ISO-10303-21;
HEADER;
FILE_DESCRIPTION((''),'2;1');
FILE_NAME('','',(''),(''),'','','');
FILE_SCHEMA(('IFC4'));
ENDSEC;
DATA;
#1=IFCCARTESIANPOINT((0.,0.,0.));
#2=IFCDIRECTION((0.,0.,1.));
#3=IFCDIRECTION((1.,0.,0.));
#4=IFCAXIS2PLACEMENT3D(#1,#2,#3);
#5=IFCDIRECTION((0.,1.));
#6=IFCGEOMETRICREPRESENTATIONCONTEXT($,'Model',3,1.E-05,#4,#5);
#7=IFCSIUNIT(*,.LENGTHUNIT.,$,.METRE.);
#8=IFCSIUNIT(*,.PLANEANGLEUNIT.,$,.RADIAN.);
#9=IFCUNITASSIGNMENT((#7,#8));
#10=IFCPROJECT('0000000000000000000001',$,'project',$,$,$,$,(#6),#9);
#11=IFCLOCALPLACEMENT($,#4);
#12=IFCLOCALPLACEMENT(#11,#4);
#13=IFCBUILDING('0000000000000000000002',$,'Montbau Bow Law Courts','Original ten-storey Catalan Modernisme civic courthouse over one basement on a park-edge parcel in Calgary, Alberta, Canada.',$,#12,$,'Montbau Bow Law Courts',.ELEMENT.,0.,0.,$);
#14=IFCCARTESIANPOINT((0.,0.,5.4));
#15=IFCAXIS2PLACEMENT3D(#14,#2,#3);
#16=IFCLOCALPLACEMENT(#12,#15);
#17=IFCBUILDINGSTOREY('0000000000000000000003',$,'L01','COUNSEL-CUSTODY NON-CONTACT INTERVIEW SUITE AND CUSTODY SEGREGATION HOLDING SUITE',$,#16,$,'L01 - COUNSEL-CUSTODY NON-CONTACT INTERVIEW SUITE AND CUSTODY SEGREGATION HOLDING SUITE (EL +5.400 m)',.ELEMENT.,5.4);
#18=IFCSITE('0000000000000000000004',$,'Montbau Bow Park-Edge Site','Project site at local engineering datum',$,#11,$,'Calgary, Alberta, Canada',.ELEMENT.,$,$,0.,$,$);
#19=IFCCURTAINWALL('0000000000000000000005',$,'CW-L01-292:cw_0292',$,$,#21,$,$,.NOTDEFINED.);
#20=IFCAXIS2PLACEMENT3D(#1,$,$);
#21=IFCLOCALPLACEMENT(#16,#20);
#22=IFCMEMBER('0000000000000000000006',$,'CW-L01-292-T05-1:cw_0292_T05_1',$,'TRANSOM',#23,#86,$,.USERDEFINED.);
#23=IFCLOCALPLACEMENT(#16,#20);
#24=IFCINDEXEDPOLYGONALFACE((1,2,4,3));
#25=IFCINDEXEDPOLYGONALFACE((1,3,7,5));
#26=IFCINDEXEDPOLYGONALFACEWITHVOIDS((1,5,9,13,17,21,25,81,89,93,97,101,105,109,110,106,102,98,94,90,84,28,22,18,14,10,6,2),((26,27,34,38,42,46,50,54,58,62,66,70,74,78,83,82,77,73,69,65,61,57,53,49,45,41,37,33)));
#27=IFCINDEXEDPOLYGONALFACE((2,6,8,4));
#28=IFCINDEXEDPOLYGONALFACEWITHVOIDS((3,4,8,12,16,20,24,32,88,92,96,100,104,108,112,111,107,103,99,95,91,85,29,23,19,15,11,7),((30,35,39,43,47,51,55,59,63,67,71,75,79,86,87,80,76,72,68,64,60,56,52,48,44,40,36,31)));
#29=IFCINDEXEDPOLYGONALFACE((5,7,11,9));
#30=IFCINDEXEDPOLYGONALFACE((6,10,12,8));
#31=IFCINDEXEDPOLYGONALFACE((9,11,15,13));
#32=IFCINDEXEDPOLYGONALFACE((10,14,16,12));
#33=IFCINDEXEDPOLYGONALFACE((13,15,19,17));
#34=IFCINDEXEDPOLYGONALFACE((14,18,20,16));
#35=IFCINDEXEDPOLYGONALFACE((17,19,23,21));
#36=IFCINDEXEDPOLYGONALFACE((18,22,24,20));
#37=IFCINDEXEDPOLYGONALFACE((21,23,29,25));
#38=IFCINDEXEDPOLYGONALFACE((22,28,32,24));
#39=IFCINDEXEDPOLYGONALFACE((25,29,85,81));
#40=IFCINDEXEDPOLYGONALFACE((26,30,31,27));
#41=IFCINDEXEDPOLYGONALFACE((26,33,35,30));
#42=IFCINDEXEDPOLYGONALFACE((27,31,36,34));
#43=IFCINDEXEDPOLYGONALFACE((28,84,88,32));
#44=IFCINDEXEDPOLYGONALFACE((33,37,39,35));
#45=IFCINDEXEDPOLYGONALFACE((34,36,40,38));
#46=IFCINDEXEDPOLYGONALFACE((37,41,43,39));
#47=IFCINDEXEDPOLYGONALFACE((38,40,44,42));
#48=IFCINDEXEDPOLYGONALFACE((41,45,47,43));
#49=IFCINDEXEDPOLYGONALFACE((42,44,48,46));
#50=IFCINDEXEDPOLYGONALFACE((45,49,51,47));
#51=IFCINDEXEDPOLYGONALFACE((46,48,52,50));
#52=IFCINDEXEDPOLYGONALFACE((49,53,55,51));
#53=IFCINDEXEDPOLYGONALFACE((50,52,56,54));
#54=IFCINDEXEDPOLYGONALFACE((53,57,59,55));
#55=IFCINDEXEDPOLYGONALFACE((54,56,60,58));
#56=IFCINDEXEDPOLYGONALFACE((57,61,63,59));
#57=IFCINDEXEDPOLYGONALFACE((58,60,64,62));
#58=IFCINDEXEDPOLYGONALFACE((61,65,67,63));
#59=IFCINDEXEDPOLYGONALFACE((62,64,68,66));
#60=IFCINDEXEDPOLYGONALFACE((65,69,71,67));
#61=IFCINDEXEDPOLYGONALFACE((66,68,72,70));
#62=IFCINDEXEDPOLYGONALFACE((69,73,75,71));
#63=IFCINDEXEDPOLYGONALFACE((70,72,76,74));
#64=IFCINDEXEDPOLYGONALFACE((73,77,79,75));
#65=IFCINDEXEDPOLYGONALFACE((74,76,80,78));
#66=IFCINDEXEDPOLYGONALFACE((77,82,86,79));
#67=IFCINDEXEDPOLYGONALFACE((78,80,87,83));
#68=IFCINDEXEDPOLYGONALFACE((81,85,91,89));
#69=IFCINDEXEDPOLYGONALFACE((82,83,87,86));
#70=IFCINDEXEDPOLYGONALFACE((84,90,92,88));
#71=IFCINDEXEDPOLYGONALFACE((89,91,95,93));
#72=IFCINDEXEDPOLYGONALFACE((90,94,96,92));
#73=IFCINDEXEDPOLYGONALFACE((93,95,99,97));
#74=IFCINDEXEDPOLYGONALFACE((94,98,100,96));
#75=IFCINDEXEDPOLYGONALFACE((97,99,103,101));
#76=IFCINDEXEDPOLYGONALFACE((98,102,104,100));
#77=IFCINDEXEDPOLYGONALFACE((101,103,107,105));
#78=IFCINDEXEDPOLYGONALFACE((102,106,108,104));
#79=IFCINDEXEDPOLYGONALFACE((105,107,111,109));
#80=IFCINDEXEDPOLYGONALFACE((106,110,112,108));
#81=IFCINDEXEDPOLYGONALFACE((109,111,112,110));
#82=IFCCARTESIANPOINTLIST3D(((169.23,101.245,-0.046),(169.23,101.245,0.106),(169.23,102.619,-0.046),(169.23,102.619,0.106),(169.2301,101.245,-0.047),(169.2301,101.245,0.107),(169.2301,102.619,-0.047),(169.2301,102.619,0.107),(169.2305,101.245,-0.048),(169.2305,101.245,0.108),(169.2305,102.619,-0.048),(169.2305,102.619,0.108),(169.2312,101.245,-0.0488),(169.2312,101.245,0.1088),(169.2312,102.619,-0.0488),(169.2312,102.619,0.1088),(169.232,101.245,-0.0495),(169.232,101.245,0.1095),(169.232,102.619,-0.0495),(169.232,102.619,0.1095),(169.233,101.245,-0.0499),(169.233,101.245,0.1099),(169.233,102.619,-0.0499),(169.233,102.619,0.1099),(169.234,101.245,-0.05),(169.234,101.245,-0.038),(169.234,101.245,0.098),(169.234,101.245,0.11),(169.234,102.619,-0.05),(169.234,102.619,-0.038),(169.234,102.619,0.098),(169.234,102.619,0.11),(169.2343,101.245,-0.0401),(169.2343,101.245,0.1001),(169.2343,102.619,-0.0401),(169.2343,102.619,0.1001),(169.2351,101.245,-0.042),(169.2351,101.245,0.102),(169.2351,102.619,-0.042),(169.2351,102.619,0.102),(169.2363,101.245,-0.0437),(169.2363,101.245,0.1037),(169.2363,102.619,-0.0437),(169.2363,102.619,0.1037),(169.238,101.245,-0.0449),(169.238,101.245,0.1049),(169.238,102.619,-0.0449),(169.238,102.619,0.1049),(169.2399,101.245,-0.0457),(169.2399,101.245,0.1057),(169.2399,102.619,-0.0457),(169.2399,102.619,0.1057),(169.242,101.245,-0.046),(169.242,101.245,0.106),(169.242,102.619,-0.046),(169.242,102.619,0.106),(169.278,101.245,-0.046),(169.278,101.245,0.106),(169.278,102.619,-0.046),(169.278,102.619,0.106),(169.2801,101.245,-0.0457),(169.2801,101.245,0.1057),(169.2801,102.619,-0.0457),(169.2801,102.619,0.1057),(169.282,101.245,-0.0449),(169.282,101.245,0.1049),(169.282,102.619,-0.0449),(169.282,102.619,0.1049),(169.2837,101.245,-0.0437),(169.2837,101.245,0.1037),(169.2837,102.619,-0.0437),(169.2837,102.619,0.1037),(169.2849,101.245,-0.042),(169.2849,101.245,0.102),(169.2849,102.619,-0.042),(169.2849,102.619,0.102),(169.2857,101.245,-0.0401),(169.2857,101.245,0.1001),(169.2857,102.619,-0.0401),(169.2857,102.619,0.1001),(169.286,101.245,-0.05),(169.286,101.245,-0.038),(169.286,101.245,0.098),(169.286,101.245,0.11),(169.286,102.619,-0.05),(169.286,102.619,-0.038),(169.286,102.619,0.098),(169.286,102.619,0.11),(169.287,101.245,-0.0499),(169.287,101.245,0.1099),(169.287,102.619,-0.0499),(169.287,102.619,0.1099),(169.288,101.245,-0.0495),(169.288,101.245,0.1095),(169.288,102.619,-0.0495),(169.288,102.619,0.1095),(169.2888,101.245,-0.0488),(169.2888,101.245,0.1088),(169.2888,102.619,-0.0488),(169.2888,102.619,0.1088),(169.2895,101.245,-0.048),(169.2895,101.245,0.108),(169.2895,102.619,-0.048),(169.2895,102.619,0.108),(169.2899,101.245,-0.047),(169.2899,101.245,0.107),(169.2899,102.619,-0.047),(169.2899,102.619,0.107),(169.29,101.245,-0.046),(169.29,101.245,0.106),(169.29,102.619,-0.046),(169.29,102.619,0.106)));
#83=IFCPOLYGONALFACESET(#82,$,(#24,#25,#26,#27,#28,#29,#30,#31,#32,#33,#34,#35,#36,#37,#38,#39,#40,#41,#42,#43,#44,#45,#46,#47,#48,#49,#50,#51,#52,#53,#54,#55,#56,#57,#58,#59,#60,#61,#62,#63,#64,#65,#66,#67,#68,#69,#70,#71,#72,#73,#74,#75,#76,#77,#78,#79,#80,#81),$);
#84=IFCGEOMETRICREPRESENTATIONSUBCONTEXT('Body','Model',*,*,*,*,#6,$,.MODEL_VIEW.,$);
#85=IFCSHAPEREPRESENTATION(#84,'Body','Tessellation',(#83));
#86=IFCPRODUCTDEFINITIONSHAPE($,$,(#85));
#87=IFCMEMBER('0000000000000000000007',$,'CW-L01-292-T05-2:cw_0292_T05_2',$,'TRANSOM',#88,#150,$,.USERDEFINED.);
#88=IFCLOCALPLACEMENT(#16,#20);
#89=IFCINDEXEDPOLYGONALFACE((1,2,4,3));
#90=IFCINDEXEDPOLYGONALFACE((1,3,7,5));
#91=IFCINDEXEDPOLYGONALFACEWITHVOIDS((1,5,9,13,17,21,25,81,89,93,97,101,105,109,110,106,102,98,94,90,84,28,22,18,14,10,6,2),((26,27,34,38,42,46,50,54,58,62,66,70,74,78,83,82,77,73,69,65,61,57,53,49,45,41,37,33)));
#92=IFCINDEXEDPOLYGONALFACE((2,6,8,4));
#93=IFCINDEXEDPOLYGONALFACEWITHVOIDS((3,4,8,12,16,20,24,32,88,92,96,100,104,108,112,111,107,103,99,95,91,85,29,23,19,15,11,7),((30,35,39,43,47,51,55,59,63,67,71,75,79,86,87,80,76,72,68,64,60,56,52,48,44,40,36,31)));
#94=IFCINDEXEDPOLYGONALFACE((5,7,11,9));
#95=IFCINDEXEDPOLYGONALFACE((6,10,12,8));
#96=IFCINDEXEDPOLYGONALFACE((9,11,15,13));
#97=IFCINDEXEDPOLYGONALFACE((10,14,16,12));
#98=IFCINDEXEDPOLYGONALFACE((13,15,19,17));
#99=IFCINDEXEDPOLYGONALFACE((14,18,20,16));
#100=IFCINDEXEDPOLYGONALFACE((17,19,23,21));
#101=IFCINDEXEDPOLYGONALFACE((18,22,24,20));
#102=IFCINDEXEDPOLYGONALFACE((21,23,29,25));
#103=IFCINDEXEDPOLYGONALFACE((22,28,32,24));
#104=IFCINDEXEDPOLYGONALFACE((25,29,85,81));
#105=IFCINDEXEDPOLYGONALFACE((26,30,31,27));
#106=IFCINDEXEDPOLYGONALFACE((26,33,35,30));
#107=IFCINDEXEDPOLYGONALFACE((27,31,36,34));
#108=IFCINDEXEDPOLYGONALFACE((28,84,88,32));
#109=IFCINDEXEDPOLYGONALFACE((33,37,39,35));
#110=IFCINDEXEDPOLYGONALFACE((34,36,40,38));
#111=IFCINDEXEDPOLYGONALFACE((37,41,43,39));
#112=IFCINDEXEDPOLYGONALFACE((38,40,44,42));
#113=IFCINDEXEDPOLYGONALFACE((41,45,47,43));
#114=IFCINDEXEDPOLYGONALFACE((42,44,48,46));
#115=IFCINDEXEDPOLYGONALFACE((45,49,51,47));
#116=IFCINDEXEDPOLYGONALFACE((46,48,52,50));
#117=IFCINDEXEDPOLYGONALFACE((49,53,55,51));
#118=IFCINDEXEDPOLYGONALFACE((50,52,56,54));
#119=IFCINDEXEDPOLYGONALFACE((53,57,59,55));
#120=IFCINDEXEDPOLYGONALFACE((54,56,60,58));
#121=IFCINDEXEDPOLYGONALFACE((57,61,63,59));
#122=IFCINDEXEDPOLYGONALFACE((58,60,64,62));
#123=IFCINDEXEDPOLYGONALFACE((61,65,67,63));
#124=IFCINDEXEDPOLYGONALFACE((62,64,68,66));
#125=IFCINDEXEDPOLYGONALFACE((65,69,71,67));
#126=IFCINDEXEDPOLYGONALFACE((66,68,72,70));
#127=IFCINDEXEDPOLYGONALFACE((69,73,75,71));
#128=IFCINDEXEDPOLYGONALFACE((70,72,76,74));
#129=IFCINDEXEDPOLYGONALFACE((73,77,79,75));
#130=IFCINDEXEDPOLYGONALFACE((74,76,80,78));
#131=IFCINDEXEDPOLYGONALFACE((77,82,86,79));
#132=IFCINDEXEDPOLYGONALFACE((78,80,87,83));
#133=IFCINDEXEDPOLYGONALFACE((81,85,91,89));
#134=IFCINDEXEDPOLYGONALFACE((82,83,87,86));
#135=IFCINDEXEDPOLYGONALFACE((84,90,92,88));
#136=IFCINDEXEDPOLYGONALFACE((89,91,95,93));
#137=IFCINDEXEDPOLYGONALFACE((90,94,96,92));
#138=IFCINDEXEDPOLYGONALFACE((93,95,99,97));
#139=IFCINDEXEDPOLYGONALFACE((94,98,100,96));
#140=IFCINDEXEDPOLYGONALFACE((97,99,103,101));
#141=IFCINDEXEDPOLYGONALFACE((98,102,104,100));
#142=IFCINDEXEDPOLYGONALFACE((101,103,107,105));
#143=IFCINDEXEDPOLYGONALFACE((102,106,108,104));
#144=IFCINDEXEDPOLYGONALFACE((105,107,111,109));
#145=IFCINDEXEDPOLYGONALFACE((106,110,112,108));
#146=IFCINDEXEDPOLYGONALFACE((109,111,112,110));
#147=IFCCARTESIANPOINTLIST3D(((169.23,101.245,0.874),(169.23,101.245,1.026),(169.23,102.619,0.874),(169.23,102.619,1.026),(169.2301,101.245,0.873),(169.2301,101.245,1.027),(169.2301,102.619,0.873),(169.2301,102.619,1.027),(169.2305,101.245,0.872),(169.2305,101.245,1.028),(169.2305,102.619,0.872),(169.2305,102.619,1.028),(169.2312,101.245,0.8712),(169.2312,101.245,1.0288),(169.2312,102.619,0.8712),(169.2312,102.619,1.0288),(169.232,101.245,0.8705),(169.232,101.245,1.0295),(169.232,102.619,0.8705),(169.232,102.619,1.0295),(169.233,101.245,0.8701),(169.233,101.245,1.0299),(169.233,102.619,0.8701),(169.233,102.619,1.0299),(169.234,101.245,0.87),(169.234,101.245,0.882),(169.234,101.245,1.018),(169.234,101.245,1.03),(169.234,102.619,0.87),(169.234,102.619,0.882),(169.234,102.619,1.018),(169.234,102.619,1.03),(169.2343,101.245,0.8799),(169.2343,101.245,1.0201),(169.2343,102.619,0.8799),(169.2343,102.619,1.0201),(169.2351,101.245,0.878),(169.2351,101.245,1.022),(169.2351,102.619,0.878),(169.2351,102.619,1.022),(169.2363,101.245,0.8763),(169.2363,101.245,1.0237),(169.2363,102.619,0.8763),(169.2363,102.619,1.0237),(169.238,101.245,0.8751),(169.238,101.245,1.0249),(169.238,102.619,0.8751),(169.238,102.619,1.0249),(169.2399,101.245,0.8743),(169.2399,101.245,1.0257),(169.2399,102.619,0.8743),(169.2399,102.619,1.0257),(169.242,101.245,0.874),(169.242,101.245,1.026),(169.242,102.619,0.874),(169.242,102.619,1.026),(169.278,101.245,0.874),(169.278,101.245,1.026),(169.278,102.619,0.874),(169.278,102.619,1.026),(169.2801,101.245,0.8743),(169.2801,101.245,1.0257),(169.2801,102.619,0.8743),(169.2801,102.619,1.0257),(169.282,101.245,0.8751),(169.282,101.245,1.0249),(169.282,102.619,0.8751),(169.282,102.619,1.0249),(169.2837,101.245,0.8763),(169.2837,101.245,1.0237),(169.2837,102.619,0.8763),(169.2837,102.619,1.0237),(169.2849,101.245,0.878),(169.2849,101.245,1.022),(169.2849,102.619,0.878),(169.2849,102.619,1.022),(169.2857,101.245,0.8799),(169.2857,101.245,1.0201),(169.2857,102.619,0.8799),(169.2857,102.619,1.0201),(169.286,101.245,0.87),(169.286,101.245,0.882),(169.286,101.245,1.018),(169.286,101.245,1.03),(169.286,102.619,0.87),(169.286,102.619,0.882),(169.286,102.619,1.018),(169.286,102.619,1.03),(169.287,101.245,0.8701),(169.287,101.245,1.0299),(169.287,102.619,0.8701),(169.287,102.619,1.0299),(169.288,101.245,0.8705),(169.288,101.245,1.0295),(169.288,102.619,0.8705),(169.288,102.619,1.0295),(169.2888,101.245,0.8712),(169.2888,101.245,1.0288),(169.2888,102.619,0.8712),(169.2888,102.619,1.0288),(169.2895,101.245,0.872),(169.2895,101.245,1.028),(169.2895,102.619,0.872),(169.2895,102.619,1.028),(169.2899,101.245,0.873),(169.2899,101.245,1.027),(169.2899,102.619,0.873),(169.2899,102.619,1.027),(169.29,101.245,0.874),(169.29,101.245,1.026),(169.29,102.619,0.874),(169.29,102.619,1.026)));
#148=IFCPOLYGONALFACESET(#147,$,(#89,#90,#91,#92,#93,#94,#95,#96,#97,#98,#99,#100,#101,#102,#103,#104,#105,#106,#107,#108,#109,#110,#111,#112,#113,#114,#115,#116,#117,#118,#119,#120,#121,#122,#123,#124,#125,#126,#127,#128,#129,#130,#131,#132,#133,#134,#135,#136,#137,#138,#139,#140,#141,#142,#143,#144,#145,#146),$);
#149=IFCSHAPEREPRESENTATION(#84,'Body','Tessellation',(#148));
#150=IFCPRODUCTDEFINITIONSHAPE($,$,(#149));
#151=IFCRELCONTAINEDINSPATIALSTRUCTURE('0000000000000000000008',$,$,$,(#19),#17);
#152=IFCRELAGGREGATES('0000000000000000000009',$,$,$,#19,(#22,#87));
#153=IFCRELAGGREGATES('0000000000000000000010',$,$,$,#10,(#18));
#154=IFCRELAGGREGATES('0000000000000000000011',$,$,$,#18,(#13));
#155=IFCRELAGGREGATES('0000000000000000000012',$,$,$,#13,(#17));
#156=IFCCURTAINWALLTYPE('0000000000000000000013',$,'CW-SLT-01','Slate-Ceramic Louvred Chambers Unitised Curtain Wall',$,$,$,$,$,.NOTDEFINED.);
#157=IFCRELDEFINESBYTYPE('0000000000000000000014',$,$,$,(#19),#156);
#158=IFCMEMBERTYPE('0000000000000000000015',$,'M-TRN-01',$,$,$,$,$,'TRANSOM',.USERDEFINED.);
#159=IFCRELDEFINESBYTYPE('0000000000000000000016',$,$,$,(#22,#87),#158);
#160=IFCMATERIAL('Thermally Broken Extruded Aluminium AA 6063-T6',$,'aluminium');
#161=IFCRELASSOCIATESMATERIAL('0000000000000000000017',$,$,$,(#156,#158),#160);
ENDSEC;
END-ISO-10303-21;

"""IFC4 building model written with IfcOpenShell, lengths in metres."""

from ifc_helpers import new_model, si_unit, direction, frame, origin_with_axes, origin_2d_with_axis, place, context, subcontext, project, spatial, hollow_rectangle, extrude, material, material_profile, profile_set, type_object, element, aggregate, save


model = new_model("IFC4")

# Units and contexts
model_context = context("Model", 3, precision=1e-05, world=origin_with_axes(), true_north=direction((0.0, 1.0)))
body_context = subcontext(model_context, "Body", "Model", "MODEL_VIEW")
ifc_project = project(units=[si_unit("LENGTHUNIT", "METRE"), si_unit("PLANEANGLEUNIT", "RADIAN")], contexts=[model_context])

# Site, building, storey
site_placement = place(None, origin_with_axes())
site = spatial("IfcSite", under=ifc_project, at=site_placement, Name="Montbau Bow Park-Edge Site", Description="Project site at local engineering datum", LongName="Calgary, Alberta, Canada", CompositionType="ELEMENT", RefElevation=0.0)
building_placement = place(site_placement, origin_with_axes())
building = spatial("IfcBuilding", under=site, at=building_placement, Name="Montbau Bow Law Courts", Description="Original ten-storey Catalan Modernisme civic courthouse over one basement on a park-edge parcel in Calgary, Alberta, Canada.", LongName="Montbau Bow Law Courts", CompositionType="ELEMENT", ElevationOfRefHeight=0.0, ElevationOfTerrain=0.0)
storey_placement = place(building_placement, frame((0.0, 0.0, 5.4), z_axis=(0.0, 0.0, 1.0), x_axis=(1.0, 0.0, 0.0)))
storey = spatial("IfcBuildingStorey", under=building, at=storey_placement, Name="L01", Description="COUNSEL-CUSTODY NON-CONTACT INTERVIEW SUITE AND CUSTODY SEGREGATION HOLDING SUITE", LongName="L01 - COUNSEL-CUSTODY NON-CONTACT INTERVIEW SUITE AND CUSTODY SEGREGATION HOLDING SUITE (EL +5.400 m)", CompositionType="ELEMENT", Elevation=5.4)

# Curtain wall, members
ifc_material_1 = material(Name="Thermally Broken Extruded Aluminium AA 6063-T6", Category="aluminium")
curtain_wall_type = type_object("IfcCurtainWallType", Name="CW-SLT-01", Description="Slate-Ceramic Louvred Chambers Unitised Curtain Wall", PredefinedType="NOTDEFINED", material=ifc_material_1)
curtain_wall_placement = place(None, frame((169.26, 95.315, 5.4), z_axis=(0.0, 0.0, 1.0), x_axis=(1.0, 0.0, 0.0)))
curtain_wall = element("IfcCurtainWall", 1, at=curtain_wall_placement, inside=storey, type_object=curtain_wall_type, Name="CW-L01-292:cw_0292", PredefinedType="NOTDEFINED")
ifc_material_profile_1 = material_profile(ifc_material_1, hollow_rectangle(XDim=0.06, YDim=0.16, WallThickness=0.004, InnerFilletRadius=0.008, OuterFilletRadius=0.004, at=origin_2d_with_axis()), Name="CWT-160X60", Category="Main", Priority=0)
ifc_profile_set_1 = profile_set([ifc_material_profile_1], Name="Thermally Broken Extruded Aluminium AA 6063-T6")
member_type_1 = type_object("IfcMemberType", Name="M-TRN-01", ElementType="TRANSOM", PredefinedType="USERDEFINED", material=ifc_profile_set_1)
member_1_placement = place(None, frame((169.26, 101.245, 5.43), z_axis=(0.0, 1.0, 0.0), x_axis=(-1.0, 0.0, 0.0)))
member_1 = element("IfcMember", 2, at=member_1_placement, type_object=member_type_1, Name="CW-L01-292-T05-1:cw_0292_T05_1", ObjectType="TRANSOM", PredefinedType="USERDEFINED", context=body_context, shape_type="SweptSolid", body=[
    extrude(hollow_rectangle(XDim=0.06, YDim=0.16, WallThickness=0.004, InnerFilletRadius=0.008, OuterFilletRadius=0.004, at=origin_2d_with_axis()), origin_with_axes(), (0.0, 0.0, 1.0), 1.374),
])
member_2_placement = place(None, frame((169.26, 101.245, 6.35), z_axis=(0.0, 1.0, 0.0), x_axis=(-1.0, 0.0, 0.0)))
member_2 = element("IfcMember", 3, at=member_2_placement, type_object=member_type_1, Name="CW-L01-292-T05-2:cw_0292_T05_2", ObjectType="TRANSOM", PredefinedType="USERDEFINED", context=body_context, shape_type="SweptSolid", body=[
    extrude(hollow_rectangle(XDim=0.06, YDim=0.16, WallThickness=0.004, InnerFilletRadius=0.008, OuterFilletRadius=0.004, at=origin_2d_with_axis()), origin_with_axes(), (0.0, 0.0, 1.0), 1.374),
])
aggregate(curtain_wall, [member_1, member_2])

save(model, "model.ifc")
